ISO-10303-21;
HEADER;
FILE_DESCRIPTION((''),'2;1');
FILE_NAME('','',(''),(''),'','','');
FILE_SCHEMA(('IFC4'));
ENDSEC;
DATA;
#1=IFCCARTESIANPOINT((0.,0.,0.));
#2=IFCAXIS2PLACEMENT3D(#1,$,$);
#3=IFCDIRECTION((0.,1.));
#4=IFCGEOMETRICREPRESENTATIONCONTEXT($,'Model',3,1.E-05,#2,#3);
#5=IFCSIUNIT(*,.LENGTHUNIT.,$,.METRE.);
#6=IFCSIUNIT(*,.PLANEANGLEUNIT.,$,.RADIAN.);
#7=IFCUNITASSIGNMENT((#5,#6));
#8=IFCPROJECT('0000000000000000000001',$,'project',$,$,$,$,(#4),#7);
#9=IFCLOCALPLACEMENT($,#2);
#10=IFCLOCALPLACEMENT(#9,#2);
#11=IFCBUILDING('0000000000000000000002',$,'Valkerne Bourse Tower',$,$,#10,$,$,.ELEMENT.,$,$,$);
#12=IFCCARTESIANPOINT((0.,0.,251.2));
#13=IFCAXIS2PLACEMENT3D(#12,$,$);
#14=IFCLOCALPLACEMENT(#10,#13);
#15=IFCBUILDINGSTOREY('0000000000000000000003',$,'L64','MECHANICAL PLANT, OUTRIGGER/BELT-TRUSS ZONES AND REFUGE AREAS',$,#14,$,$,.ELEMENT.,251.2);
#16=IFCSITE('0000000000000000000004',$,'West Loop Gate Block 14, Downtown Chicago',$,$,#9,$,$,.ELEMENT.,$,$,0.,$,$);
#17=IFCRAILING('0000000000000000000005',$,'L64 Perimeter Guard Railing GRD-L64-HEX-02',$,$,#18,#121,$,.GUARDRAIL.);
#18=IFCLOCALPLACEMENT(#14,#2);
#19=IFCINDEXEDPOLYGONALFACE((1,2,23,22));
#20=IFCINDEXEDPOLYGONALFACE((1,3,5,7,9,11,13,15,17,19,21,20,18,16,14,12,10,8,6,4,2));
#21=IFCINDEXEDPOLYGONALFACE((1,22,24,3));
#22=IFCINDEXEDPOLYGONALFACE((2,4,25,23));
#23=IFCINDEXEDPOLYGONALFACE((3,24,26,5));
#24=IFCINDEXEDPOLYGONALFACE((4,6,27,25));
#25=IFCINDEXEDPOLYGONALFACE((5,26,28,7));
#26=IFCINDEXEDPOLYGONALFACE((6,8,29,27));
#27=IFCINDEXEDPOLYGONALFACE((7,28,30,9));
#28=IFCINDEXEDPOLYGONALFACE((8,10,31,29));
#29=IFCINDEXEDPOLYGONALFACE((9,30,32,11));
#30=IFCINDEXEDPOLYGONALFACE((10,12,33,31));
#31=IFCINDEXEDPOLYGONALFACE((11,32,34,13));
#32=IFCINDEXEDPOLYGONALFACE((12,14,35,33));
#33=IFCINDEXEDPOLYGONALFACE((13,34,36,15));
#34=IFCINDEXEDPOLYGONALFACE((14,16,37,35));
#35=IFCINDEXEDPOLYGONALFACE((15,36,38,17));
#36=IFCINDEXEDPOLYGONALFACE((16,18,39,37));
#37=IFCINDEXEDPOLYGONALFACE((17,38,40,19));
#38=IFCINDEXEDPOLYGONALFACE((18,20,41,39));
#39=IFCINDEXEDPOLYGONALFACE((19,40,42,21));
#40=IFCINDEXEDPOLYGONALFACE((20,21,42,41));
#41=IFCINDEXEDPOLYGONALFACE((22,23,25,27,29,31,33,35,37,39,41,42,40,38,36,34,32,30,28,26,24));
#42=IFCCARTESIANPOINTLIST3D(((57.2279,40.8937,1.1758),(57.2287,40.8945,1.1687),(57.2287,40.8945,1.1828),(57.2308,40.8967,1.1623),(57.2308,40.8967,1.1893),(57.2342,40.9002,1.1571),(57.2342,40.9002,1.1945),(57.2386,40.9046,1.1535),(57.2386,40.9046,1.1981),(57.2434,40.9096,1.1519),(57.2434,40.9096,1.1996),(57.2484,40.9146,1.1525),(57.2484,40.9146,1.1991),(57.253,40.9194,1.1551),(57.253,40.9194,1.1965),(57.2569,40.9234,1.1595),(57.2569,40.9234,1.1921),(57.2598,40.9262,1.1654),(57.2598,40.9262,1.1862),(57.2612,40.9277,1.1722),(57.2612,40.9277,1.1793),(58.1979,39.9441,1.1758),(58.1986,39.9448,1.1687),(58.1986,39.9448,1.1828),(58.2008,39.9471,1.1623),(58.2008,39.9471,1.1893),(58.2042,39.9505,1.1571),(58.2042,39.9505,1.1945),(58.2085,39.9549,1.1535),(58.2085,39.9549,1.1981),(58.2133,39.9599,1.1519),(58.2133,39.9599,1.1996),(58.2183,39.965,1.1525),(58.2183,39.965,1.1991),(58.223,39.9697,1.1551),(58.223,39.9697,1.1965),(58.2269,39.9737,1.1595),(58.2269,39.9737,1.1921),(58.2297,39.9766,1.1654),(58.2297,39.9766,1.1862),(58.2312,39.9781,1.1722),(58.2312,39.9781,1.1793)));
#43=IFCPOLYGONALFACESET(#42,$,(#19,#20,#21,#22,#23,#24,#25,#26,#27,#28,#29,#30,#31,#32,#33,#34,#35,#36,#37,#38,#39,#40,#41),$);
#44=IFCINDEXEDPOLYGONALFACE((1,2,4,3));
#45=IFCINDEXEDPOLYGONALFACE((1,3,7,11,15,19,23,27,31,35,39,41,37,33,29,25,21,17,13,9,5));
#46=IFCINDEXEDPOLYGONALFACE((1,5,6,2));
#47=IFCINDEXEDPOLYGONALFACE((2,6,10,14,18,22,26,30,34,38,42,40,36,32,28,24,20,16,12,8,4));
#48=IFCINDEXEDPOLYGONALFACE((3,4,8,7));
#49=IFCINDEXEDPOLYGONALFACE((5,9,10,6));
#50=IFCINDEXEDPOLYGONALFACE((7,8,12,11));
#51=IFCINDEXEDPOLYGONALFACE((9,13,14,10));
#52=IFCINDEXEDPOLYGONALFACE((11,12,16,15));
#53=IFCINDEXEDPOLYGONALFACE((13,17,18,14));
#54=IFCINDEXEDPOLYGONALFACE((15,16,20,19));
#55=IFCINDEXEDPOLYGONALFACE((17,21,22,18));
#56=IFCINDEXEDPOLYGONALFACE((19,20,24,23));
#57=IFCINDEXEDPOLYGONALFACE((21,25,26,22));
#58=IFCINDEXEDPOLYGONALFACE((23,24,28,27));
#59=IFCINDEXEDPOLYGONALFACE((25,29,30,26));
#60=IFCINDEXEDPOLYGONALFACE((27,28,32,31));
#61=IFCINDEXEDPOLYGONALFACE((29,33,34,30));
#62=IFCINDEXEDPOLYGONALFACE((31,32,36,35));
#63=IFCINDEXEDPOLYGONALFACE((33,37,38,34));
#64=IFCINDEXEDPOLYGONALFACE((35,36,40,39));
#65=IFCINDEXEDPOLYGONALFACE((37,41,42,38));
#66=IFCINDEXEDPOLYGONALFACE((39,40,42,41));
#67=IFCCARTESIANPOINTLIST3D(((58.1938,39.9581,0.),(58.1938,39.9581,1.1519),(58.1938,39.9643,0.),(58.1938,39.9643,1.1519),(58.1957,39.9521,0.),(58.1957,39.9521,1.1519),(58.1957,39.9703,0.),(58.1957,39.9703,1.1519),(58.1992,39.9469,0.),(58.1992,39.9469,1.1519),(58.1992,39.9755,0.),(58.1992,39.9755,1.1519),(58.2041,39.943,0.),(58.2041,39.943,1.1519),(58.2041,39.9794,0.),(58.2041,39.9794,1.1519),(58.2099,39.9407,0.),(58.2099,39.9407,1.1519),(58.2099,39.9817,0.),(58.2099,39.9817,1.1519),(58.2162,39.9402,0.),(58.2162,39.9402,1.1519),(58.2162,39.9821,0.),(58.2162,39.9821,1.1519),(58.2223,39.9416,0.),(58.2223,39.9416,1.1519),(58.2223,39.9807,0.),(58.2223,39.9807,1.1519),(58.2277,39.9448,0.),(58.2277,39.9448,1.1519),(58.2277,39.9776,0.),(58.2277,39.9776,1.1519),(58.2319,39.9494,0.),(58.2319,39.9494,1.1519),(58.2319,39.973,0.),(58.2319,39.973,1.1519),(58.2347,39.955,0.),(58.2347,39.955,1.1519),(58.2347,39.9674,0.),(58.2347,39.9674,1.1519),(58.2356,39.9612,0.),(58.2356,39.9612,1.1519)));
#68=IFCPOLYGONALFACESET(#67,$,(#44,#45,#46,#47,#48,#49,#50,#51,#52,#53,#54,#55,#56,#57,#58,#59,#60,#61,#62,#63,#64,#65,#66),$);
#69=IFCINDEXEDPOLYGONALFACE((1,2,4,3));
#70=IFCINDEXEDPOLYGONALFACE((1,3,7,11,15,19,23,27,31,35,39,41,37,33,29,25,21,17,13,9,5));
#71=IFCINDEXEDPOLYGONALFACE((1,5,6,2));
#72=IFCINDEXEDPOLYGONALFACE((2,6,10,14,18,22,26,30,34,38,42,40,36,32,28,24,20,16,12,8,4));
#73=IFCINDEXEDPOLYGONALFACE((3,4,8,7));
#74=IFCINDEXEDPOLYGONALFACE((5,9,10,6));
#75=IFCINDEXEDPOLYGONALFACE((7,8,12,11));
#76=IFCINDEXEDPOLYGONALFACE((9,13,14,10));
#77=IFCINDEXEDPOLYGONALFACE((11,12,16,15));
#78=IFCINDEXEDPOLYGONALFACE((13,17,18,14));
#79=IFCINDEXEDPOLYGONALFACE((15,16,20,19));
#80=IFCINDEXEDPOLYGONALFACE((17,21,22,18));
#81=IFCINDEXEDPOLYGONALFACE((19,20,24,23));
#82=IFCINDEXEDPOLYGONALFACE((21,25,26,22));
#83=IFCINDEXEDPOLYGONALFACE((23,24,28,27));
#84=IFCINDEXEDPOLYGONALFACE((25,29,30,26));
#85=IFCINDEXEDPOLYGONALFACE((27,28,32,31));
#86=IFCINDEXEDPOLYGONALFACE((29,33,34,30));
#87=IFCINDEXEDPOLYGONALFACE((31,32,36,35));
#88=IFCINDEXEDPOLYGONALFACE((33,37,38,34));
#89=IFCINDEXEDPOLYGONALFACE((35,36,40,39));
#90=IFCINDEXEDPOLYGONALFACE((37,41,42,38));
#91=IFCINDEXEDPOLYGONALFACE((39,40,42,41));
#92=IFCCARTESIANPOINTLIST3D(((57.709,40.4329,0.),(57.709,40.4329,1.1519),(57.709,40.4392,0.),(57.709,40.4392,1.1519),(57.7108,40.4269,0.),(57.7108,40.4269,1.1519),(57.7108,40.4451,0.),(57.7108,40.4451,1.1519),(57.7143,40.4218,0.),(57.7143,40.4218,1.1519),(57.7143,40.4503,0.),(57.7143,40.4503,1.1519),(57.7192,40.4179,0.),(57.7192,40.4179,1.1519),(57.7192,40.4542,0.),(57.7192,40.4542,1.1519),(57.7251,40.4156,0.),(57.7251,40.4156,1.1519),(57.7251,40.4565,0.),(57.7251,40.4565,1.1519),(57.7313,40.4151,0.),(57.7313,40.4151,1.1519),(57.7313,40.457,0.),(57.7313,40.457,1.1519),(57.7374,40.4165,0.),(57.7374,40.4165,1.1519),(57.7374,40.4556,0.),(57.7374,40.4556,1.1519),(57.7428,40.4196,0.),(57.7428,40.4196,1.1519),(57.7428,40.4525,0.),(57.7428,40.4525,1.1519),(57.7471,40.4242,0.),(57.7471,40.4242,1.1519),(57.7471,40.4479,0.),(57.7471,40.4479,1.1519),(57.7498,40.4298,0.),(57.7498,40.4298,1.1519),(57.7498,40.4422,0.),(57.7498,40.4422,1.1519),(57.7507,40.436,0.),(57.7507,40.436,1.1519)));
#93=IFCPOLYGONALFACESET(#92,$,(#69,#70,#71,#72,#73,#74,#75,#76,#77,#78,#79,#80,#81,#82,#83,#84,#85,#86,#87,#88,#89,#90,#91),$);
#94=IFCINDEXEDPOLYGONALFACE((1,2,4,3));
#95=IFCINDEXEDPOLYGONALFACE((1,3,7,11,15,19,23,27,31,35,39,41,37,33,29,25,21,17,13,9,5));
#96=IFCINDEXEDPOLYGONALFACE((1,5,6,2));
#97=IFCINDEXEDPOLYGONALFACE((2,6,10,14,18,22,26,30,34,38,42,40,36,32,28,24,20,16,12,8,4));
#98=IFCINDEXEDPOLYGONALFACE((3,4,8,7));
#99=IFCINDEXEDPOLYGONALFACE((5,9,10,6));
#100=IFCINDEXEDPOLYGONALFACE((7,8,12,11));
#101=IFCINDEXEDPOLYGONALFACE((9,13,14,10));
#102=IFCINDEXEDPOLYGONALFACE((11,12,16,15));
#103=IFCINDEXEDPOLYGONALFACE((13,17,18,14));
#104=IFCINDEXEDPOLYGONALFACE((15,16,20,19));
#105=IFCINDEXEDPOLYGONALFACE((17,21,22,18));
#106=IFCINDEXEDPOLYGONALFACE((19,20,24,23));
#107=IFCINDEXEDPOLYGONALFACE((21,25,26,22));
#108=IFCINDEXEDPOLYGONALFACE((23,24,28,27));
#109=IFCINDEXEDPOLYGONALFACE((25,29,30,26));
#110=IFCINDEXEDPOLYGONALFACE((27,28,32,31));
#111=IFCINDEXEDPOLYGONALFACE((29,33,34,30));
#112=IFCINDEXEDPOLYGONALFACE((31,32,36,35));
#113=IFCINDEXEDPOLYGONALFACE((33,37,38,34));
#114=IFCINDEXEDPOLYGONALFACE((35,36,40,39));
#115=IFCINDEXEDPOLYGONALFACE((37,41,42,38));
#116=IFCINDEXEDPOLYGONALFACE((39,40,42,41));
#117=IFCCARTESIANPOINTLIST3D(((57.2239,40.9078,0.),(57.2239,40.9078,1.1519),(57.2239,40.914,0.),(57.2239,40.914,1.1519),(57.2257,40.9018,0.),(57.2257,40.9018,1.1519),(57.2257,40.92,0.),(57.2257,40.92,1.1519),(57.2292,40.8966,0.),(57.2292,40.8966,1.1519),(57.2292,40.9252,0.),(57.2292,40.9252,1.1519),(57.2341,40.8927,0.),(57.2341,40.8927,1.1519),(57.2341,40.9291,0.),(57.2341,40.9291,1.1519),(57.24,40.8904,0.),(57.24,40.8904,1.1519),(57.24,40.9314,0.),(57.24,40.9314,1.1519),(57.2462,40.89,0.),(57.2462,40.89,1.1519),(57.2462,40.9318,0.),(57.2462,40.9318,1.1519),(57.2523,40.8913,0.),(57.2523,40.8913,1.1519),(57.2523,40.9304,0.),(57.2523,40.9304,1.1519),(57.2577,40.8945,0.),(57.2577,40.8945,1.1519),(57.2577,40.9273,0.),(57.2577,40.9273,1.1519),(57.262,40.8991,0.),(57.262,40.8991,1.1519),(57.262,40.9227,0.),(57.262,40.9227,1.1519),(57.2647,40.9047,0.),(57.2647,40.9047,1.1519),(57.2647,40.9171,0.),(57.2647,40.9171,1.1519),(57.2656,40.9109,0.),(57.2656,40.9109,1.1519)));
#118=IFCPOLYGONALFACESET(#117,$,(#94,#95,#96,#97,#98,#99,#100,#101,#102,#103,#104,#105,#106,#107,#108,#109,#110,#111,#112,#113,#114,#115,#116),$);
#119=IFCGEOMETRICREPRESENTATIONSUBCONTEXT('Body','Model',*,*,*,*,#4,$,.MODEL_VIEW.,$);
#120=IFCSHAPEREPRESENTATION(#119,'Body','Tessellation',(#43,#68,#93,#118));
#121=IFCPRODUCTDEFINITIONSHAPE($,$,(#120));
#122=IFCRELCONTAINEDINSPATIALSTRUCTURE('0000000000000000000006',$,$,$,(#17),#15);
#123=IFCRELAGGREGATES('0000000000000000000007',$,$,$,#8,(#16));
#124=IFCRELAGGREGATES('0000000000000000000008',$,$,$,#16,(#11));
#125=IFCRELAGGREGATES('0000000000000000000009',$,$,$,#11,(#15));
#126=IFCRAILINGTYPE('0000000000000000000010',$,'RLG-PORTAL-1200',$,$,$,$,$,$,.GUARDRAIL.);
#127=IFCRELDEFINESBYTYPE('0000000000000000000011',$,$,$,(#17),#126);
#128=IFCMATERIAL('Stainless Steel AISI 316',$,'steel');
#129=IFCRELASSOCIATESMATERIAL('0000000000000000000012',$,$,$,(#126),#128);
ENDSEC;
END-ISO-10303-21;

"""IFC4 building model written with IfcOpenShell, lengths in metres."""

from ifc_helpers import new_model, si_unit, direction, frame, origin, origin_2d, place, context, subcontext, project, spatial, circle, extrude, material, type_object, element, save


model = new_model("IFC4")

# Units and contexts
model_context = context("Model", 3, precision=1e-05, world=origin(), true_north=direction((0.0, 1.0)))
body_context = subcontext(model_context, "Body", "Model", "MODEL_VIEW")
ifc_project = project(units=[si_unit("LENGTHUNIT", "METRE"), si_unit("PLANEANGLEUNIT", "RADIAN")], contexts=[model_context])

# Site, building, storey
site_placement = place(None, origin())
site = spatial("IfcSite", under=ifc_project, at=site_placement, Name="West Loop Gate Block 14, Downtown Chicago", CompositionType="ELEMENT", RefElevation=0.0)
building_placement = place(site_placement, origin())
building = spatial("IfcBuilding", under=site, at=building_placement, Name="Valkerne Bourse Tower", CompositionType="ELEMENT")
storey_placement = place(building_placement, frame((0.0, 0.0, 251.2)))
storey = spatial("IfcBuildingStorey", under=building, at=storey_placement, Name="L64", Description="MECHANICAL PLANT, OUTRIGGER/BELT-TRUSS ZONES AND REFUGE AREAS", CompositionType="ELEMENT", Elevation=251.2)

# Railing
ifc_material_1 = material(Name="Stainless Steel AISI 316", Category="steel")
railing_type = type_object("IfcRailingType", Name="RLG-PORTAL-1200", PredefinedType="GUARDRAIL", material=ifc_material_1)
railing_1_placement = place(storey_placement, frame((58.2146, 39.9612, 0.0)))
element("IfcRailing", 1, at=railing_1_placement, inside=storey, type_object=railing_type, Name="L64 Perimeter Guard Railing GRD-L64-HEX-02", PredefinedType="GUARDRAIL", context=body_context, shape_type="SweptSolid", body=[
    extrude(circle(Radius=0.0239, at=origin_2d()), frame((0.0, 0.0, 1.1758), z_axis=(-0.714531, 0.699604, 0.0), x_axis=(-0.699604, -0.714531, 0.0)), (0.0, 0.0, 1.0), 1.3574),
    extrude(circle(Radius=0.021, at=origin_2d()), origin(), (0.0, 0.0, 1.0), 1.1519),
    extrude(circle(Radius=0.021, at=origin_2d()), frame((-0.4849, 0.4749, 0.0)), (0.0, 0.0, 1.0), 1.1519),
    extrude(circle(Radius=0.021, at=origin_2d()), frame((-0.97, 0.9497, 0.0)), (0.0, 0.0, 1.0), 1.1519),
])

save(model, "model.ifc")
